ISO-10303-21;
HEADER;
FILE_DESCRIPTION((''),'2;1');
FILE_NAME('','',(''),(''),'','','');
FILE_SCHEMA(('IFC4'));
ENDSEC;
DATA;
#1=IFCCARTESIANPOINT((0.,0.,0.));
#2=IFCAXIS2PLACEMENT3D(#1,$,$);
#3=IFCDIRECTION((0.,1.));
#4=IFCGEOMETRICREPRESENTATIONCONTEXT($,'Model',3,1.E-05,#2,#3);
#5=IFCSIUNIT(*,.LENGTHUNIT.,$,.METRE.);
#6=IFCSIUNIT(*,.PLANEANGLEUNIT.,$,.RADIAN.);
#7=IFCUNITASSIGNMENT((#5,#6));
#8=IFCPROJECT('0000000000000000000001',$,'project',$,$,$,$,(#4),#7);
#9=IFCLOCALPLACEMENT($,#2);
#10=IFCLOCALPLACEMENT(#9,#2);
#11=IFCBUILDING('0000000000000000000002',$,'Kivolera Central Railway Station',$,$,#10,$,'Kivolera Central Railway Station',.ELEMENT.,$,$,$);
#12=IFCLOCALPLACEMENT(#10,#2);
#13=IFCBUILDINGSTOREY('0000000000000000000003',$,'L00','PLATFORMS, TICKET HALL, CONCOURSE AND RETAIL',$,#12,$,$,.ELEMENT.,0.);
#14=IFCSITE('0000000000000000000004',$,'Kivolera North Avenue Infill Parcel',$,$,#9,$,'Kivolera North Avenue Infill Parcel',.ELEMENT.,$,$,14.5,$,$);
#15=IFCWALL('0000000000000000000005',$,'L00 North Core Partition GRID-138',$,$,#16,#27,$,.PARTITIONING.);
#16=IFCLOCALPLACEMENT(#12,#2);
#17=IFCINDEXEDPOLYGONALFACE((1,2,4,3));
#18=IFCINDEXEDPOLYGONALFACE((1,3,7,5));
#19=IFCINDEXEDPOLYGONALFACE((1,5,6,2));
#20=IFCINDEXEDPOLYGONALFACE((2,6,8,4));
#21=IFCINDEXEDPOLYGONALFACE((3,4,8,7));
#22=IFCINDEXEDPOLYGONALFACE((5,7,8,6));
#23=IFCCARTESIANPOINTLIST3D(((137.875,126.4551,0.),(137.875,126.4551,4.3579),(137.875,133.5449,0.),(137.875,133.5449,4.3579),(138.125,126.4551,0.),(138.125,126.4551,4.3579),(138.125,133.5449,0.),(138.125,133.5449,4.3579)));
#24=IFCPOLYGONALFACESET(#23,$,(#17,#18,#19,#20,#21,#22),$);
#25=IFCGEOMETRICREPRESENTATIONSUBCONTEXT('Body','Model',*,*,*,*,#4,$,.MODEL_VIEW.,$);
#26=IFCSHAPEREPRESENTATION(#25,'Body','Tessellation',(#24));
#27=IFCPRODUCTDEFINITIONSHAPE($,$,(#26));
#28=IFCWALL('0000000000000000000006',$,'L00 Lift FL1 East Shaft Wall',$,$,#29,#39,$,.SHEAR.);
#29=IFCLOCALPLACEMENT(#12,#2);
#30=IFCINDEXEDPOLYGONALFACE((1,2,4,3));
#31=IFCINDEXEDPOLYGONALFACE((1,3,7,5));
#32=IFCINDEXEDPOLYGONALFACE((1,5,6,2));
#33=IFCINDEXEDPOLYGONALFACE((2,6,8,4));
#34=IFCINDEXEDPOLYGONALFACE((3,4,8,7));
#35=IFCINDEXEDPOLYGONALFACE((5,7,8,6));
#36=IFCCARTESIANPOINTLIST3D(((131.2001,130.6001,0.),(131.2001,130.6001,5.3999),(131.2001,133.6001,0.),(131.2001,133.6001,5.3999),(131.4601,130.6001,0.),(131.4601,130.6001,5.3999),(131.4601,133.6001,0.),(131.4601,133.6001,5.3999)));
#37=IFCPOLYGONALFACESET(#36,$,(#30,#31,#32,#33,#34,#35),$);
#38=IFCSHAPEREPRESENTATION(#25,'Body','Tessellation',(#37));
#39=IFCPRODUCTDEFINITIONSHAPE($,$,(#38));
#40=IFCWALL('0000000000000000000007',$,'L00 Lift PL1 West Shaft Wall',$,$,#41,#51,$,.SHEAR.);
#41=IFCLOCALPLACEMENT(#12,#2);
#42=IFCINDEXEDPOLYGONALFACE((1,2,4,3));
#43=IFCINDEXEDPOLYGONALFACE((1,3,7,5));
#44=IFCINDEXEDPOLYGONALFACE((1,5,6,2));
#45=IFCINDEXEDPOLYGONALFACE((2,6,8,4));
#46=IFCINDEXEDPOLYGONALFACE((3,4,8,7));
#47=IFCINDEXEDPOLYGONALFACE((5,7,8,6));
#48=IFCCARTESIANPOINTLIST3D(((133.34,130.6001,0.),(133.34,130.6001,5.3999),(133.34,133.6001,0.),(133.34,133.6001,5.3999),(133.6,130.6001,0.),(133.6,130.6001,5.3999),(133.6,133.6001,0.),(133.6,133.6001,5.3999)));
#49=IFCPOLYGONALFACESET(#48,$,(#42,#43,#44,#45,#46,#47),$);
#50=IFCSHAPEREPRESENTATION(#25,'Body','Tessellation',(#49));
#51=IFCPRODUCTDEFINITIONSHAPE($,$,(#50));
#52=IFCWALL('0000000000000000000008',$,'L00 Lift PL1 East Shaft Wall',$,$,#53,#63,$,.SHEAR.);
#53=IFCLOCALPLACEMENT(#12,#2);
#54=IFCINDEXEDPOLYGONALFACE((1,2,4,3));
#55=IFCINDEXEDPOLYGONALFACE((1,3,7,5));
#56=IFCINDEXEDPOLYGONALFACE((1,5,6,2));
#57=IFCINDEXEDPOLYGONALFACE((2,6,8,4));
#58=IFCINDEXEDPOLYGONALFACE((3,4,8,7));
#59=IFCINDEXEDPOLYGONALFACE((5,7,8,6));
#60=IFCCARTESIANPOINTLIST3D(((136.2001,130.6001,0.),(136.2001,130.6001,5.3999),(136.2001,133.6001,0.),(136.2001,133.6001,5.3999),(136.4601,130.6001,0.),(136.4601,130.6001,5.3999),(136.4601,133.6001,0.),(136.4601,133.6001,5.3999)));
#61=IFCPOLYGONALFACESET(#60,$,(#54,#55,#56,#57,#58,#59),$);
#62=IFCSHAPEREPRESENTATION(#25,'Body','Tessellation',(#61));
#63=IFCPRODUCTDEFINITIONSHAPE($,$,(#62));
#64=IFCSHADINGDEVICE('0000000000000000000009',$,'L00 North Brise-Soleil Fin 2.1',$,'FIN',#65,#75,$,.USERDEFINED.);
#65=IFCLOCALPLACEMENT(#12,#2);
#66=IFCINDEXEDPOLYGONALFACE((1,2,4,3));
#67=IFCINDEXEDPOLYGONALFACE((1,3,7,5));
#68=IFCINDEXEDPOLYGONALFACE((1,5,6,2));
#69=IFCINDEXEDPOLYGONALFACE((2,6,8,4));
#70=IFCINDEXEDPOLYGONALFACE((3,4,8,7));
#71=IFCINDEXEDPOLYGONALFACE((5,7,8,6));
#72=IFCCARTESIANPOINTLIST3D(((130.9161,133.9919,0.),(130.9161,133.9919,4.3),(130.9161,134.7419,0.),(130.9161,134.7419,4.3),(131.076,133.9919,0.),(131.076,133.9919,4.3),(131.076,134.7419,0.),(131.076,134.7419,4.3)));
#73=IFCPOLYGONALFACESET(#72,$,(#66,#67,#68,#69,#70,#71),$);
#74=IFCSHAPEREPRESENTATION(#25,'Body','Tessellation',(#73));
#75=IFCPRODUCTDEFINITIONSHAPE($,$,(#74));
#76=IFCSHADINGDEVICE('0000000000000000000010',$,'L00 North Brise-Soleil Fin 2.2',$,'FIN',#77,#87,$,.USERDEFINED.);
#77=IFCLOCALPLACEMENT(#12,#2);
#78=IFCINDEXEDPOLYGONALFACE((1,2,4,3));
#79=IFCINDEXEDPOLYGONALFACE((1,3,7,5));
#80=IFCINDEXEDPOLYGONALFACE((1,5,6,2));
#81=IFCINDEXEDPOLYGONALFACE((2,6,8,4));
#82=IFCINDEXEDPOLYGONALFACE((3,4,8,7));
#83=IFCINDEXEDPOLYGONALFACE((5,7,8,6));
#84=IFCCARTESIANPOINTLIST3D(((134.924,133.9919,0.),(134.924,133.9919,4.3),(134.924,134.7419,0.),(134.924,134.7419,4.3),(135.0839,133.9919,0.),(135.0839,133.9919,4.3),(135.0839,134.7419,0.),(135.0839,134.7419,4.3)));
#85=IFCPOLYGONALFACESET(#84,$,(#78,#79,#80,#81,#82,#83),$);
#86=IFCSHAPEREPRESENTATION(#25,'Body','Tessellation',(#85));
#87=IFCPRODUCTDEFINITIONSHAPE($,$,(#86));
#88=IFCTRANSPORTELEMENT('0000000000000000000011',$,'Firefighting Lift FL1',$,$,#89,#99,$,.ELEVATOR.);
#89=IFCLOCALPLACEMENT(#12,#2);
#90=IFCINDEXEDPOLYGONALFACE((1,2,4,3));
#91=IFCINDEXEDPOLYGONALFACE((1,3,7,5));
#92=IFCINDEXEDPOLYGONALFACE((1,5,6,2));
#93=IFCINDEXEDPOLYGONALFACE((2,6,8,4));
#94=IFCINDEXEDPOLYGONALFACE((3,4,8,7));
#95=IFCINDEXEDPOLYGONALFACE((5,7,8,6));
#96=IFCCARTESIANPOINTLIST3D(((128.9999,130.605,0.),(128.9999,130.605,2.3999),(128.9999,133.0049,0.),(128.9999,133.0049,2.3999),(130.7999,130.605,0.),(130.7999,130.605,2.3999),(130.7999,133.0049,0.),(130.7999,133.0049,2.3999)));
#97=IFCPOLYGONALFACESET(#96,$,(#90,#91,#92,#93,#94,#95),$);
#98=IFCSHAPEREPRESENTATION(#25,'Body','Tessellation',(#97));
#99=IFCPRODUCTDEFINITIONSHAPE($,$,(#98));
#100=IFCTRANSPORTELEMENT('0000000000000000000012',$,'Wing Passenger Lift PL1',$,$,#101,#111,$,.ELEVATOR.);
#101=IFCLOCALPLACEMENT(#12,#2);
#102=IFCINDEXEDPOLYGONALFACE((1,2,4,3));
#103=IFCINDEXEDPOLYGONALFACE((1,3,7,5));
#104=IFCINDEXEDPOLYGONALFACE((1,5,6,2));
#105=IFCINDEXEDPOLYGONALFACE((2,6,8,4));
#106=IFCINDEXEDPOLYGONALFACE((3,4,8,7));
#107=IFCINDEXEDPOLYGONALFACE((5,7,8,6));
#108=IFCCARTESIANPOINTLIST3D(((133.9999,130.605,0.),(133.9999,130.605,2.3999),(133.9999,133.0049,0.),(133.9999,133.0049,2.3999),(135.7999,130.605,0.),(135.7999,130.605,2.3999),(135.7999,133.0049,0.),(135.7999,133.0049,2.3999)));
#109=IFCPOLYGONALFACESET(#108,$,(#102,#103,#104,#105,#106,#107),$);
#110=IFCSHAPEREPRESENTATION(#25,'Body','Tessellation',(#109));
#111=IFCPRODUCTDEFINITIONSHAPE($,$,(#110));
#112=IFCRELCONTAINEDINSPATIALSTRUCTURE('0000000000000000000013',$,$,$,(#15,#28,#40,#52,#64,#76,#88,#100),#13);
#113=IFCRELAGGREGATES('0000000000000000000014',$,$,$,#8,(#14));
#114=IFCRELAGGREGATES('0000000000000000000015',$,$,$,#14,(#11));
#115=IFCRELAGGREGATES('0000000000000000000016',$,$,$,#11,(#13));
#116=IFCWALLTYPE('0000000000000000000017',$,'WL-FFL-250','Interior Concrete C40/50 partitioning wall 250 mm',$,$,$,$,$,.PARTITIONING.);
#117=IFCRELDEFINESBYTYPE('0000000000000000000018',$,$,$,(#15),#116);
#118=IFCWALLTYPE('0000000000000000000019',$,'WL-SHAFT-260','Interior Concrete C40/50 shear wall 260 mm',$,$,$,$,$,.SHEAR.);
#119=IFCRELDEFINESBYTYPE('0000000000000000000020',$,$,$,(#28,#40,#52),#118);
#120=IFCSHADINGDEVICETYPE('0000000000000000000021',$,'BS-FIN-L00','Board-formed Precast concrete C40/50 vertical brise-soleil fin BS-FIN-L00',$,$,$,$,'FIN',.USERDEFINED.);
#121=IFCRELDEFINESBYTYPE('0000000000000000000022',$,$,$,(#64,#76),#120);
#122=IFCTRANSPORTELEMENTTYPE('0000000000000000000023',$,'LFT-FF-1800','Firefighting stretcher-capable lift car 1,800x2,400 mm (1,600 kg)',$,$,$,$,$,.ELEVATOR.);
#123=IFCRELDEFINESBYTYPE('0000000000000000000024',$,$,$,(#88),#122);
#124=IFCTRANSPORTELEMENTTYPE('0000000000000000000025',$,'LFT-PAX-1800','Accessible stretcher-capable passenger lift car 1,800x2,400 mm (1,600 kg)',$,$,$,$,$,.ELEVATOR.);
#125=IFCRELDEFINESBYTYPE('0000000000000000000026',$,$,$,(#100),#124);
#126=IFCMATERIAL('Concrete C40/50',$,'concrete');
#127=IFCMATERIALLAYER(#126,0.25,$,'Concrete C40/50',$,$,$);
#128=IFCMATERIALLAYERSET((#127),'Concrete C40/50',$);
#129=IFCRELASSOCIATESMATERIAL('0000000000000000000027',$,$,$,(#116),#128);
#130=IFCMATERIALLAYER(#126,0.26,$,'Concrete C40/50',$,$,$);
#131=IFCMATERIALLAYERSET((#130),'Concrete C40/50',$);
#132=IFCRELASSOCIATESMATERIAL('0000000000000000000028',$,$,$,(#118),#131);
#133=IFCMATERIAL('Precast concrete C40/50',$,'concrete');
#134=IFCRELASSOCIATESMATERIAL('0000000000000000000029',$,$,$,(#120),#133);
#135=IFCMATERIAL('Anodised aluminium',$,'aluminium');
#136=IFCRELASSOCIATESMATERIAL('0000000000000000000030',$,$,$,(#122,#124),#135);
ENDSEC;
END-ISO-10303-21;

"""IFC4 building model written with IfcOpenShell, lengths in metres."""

from ifc_helpers import new_model, si_unit, direction, frame, frame_2d, origin, origin_2d, place, context, subcontext, project, spatial, rectangle, extrude, material, layer, layer_set, type_object, element, save


model = new_model("IFC4")

# Units and contexts
model_context = context("Model", 3, precision=1e-05, world=origin(), true_north=direction((0.0, 1.0)))
body_context = subcontext(model_context, "Body", "Model", "MODEL_VIEW")
ifc_project = project(units=[si_unit("LENGTHUNIT", "METRE"), si_unit("PLANEANGLEUNIT", "RADIAN")], contexts=[model_context])

# Site, building, storey
site_placement = place(None, origin())
site = spatial("IfcSite", under=ifc_project, at=site_placement, Name="Kivolera North Avenue Infill Parcel", LongName="Kivolera North Avenue Infill Parcel", CompositionType="ELEMENT", RefElevation=14.5)
building_placement = place(site_placement, origin())
building = spatial("IfcBuilding", under=site, at=building_placement, Name="Kivolera Central Railway Station", LongName="Kivolera Central Railway Station", CompositionType="ELEMENT")
storey_placement = place(building_placement, origin())
storey = spatial("IfcBuildingStorey", under=building, at=storey_placement, Name="L00", Description="PLATFORMS, TICKET HALL, CONCOURSE AND RETAIL", CompositionType="ELEMENT", Elevation=0.0)

# Shared definitions
ifc_material_1 = material(Name="Concrete C40/50", Category="concrete")

# Walls
ifc_layer_1 = layer(ifc_material_1, 0.25, Name="Concrete C40/50")
ifc_layer_set_1 = layer_set([ifc_layer_1], Name="Concrete C40/50")
wall_type_1 = type_object("IfcWallType", Name="WL-FFL-250", Description="Interior Concrete C40/50 partitioning wall 250 mm", PredefinedType="PARTITIONING", material=ifc_layer_set_1)
wall_1_placement = place(storey_placement, frame((138.0, 126.4551, 0.0), z_axis=(0.0, 0.0, 1.0), x_axis=(0.0, 1.0, 0.0)))
element("IfcWall", 1, at=wall_1_placement, inside=storey, type_object=wall_type_1, Name="L00 North Core Partition GRID-138", PredefinedType="PARTITIONING", context=body_context, shape_type="SweptSolid", body=[
    extrude(rectangle(XDim=7.0898, YDim=0.25, at=frame_2d((3.5449, 0.0))), origin(), (0.0, 0.0, 1.0), 4.3579),
])
ifc_layer_2 = layer(ifc_material_1, 0.26, Name="Concrete C40/50")
ifc_layer_set_2 = layer_set([ifc_layer_2], Name="Concrete C40/50")
wall_type_2 = type_object("IfcWallType", Name="WL-SHAFT-260", Description="Interior Concrete C40/50 shear wall 260 mm", PredefinedType="SHEAR", material=ifc_layer_set_2)
wall_2_placement = place(storey_placement, frame((131.3301, 130.6001, 0.0), z_axis=(0.0, 0.0, 1.0), x_axis=(0.0, 1.0, 0.0)))
element("IfcWall", 2, at=wall_2_placement, inside=storey, type_object=wall_type_2, Name="L00 Lift FL1 East Shaft Wall", PredefinedType="SHEAR", context=body_context, shape_type="SweptSolid", body=[
    extrude(rectangle(XDim=3.0, YDim=0.26, at=frame_2d((1.5, 0.0))), origin(), (0.0, 0.0, 1.0), 5.3999),
])

# Shared definitions
ifc_material_2 = material(Name="Anodised aluminium", Category="aluminium")

# Walls
for number, where, z_axis, x_axis, name in (
    (3, (133.47, 130.6001, 0.0), (0.0, 0.0, 1.0), (0.0, 1.0, 0.0), "L00 Lift PL1 West Shaft Wall"),
    (4, (136.3301, 130.6001, 0.0), (0.0, 0.0, 1.0), (0.0, 1.0, 0.0), "L00 Lift PL1 East Shaft Wall"),
):
    element("IfcWall", number, at=place(storey_placement, frame(where, z_axis=z_axis, x_axis=x_axis)), inside=storey, type_object=wall_type_2, Name=name, PredefinedType="SHEAR", context=body_context, shape_type="SweptSolid", body=[
        extrude(rectangle(XDim=3.0, YDim=0.26, at=frame_2d((1.5, 0.0))), origin(), (0.0, 0.0, 1.0), 5.3999),
    ])

# Shading devices
ifc_material_3 = material(Name="Precast concrete C40/50", Category="concrete")
shading_device_type = type_object("IfcShadingDeviceType", Name="BS-FIN-L00", Description="Board-formed Precast concrete C40/50 vertical brise-soleil fin BS-FIN-L00", ElementType="FIN", PredefinedType="USERDEFINED", material=ifc_material_3)
for number, where, z_axis, x_axis, name in (
    (5, (130.9961, 134.3669, 0.0), (0.0, 0.0, 1.0), (1.0, 0.0, 0.0), "L00 North Brise-Soleil Fin 2.1"),
    (6, (135.0039, 134.3669, 0.0), (0.0, 0.0, 1.0), (1.0, 0.0, 0.0), "L00 North Brise-Soleil Fin 2.2"),
):
    element("IfcShadingDevice", number, at=place(storey_placement, frame(where, z_axis=z_axis, x_axis=x_axis)), inside=storey, type_object=shading_device_type, Name=name, ObjectType="FIN", PredefinedType="USERDEFINED", context=body_context, shape_type="SweptSolid", body=[
        extrude(rectangle(XDim=0.1599, YDim=0.75, at=origin_2d()), origin(), (0.0, 0.0, 1.0), 4.3),
    ])

# Transport elements
transport_element_type_1 = type_object("IfcTransportElementType", Name="LFT-FF-1800", Description="Firefighting stretcher-capable lift car 1,800x2,400 mm (1,600 kg)", PredefinedType="ELEVATOR", material=ifc_material_2)
transport_element_1_placement = place(storey_placement, frame((129.8999, 131.8049, 0.0), z_axis=(0.0, 0.0, 1.0), x_axis=(1.0, 0.0, 0.0)))
element("IfcTransportElement", 7, at=transport_element_1_placement, inside=storey, type_object=transport_element_type_1, Name="Firefighting Lift FL1", PredefinedType="ELEVATOR", context=body_context, shape_type="SweptSolid", body=[
    extrude(rectangle(XDim=1.8, YDim=2.3999, at=origin_2d()), origin(), (0.0, 0.0, 1.0), 2.3999),
])
transport_element_type_2 = type_object("IfcTransportElementType", Name="LFT-PAX-1800", Description="Accessible stretcher-capable passenger lift car 1,800x2,400 mm (1,600 kg)", PredefinedType="ELEVATOR", material=ifc_material_2)
transport_element_2_placement = place(storey_placement, frame((134.8999, 131.8049, 0.0), z_axis=(0.0, 0.0, 1.0), x_axis=(1.0, 0.0, 0.0)))
element("IfcTransportElement", 8, at=transport_element_2_placement, inside=storey, type_object=transport_element_type_2, Name="Wing Passenger Lift PL1", PredefinedType="ELEVATOR", context=body_context, shape_type="SweptSolid", body=[
    extrude(rectangle(XDim=1.8, YDim=2.3999, at=origin_2d()), origin(), (0.0, 0.0, 1.0), 2.3999),
])

save(model, "model.ifc")
